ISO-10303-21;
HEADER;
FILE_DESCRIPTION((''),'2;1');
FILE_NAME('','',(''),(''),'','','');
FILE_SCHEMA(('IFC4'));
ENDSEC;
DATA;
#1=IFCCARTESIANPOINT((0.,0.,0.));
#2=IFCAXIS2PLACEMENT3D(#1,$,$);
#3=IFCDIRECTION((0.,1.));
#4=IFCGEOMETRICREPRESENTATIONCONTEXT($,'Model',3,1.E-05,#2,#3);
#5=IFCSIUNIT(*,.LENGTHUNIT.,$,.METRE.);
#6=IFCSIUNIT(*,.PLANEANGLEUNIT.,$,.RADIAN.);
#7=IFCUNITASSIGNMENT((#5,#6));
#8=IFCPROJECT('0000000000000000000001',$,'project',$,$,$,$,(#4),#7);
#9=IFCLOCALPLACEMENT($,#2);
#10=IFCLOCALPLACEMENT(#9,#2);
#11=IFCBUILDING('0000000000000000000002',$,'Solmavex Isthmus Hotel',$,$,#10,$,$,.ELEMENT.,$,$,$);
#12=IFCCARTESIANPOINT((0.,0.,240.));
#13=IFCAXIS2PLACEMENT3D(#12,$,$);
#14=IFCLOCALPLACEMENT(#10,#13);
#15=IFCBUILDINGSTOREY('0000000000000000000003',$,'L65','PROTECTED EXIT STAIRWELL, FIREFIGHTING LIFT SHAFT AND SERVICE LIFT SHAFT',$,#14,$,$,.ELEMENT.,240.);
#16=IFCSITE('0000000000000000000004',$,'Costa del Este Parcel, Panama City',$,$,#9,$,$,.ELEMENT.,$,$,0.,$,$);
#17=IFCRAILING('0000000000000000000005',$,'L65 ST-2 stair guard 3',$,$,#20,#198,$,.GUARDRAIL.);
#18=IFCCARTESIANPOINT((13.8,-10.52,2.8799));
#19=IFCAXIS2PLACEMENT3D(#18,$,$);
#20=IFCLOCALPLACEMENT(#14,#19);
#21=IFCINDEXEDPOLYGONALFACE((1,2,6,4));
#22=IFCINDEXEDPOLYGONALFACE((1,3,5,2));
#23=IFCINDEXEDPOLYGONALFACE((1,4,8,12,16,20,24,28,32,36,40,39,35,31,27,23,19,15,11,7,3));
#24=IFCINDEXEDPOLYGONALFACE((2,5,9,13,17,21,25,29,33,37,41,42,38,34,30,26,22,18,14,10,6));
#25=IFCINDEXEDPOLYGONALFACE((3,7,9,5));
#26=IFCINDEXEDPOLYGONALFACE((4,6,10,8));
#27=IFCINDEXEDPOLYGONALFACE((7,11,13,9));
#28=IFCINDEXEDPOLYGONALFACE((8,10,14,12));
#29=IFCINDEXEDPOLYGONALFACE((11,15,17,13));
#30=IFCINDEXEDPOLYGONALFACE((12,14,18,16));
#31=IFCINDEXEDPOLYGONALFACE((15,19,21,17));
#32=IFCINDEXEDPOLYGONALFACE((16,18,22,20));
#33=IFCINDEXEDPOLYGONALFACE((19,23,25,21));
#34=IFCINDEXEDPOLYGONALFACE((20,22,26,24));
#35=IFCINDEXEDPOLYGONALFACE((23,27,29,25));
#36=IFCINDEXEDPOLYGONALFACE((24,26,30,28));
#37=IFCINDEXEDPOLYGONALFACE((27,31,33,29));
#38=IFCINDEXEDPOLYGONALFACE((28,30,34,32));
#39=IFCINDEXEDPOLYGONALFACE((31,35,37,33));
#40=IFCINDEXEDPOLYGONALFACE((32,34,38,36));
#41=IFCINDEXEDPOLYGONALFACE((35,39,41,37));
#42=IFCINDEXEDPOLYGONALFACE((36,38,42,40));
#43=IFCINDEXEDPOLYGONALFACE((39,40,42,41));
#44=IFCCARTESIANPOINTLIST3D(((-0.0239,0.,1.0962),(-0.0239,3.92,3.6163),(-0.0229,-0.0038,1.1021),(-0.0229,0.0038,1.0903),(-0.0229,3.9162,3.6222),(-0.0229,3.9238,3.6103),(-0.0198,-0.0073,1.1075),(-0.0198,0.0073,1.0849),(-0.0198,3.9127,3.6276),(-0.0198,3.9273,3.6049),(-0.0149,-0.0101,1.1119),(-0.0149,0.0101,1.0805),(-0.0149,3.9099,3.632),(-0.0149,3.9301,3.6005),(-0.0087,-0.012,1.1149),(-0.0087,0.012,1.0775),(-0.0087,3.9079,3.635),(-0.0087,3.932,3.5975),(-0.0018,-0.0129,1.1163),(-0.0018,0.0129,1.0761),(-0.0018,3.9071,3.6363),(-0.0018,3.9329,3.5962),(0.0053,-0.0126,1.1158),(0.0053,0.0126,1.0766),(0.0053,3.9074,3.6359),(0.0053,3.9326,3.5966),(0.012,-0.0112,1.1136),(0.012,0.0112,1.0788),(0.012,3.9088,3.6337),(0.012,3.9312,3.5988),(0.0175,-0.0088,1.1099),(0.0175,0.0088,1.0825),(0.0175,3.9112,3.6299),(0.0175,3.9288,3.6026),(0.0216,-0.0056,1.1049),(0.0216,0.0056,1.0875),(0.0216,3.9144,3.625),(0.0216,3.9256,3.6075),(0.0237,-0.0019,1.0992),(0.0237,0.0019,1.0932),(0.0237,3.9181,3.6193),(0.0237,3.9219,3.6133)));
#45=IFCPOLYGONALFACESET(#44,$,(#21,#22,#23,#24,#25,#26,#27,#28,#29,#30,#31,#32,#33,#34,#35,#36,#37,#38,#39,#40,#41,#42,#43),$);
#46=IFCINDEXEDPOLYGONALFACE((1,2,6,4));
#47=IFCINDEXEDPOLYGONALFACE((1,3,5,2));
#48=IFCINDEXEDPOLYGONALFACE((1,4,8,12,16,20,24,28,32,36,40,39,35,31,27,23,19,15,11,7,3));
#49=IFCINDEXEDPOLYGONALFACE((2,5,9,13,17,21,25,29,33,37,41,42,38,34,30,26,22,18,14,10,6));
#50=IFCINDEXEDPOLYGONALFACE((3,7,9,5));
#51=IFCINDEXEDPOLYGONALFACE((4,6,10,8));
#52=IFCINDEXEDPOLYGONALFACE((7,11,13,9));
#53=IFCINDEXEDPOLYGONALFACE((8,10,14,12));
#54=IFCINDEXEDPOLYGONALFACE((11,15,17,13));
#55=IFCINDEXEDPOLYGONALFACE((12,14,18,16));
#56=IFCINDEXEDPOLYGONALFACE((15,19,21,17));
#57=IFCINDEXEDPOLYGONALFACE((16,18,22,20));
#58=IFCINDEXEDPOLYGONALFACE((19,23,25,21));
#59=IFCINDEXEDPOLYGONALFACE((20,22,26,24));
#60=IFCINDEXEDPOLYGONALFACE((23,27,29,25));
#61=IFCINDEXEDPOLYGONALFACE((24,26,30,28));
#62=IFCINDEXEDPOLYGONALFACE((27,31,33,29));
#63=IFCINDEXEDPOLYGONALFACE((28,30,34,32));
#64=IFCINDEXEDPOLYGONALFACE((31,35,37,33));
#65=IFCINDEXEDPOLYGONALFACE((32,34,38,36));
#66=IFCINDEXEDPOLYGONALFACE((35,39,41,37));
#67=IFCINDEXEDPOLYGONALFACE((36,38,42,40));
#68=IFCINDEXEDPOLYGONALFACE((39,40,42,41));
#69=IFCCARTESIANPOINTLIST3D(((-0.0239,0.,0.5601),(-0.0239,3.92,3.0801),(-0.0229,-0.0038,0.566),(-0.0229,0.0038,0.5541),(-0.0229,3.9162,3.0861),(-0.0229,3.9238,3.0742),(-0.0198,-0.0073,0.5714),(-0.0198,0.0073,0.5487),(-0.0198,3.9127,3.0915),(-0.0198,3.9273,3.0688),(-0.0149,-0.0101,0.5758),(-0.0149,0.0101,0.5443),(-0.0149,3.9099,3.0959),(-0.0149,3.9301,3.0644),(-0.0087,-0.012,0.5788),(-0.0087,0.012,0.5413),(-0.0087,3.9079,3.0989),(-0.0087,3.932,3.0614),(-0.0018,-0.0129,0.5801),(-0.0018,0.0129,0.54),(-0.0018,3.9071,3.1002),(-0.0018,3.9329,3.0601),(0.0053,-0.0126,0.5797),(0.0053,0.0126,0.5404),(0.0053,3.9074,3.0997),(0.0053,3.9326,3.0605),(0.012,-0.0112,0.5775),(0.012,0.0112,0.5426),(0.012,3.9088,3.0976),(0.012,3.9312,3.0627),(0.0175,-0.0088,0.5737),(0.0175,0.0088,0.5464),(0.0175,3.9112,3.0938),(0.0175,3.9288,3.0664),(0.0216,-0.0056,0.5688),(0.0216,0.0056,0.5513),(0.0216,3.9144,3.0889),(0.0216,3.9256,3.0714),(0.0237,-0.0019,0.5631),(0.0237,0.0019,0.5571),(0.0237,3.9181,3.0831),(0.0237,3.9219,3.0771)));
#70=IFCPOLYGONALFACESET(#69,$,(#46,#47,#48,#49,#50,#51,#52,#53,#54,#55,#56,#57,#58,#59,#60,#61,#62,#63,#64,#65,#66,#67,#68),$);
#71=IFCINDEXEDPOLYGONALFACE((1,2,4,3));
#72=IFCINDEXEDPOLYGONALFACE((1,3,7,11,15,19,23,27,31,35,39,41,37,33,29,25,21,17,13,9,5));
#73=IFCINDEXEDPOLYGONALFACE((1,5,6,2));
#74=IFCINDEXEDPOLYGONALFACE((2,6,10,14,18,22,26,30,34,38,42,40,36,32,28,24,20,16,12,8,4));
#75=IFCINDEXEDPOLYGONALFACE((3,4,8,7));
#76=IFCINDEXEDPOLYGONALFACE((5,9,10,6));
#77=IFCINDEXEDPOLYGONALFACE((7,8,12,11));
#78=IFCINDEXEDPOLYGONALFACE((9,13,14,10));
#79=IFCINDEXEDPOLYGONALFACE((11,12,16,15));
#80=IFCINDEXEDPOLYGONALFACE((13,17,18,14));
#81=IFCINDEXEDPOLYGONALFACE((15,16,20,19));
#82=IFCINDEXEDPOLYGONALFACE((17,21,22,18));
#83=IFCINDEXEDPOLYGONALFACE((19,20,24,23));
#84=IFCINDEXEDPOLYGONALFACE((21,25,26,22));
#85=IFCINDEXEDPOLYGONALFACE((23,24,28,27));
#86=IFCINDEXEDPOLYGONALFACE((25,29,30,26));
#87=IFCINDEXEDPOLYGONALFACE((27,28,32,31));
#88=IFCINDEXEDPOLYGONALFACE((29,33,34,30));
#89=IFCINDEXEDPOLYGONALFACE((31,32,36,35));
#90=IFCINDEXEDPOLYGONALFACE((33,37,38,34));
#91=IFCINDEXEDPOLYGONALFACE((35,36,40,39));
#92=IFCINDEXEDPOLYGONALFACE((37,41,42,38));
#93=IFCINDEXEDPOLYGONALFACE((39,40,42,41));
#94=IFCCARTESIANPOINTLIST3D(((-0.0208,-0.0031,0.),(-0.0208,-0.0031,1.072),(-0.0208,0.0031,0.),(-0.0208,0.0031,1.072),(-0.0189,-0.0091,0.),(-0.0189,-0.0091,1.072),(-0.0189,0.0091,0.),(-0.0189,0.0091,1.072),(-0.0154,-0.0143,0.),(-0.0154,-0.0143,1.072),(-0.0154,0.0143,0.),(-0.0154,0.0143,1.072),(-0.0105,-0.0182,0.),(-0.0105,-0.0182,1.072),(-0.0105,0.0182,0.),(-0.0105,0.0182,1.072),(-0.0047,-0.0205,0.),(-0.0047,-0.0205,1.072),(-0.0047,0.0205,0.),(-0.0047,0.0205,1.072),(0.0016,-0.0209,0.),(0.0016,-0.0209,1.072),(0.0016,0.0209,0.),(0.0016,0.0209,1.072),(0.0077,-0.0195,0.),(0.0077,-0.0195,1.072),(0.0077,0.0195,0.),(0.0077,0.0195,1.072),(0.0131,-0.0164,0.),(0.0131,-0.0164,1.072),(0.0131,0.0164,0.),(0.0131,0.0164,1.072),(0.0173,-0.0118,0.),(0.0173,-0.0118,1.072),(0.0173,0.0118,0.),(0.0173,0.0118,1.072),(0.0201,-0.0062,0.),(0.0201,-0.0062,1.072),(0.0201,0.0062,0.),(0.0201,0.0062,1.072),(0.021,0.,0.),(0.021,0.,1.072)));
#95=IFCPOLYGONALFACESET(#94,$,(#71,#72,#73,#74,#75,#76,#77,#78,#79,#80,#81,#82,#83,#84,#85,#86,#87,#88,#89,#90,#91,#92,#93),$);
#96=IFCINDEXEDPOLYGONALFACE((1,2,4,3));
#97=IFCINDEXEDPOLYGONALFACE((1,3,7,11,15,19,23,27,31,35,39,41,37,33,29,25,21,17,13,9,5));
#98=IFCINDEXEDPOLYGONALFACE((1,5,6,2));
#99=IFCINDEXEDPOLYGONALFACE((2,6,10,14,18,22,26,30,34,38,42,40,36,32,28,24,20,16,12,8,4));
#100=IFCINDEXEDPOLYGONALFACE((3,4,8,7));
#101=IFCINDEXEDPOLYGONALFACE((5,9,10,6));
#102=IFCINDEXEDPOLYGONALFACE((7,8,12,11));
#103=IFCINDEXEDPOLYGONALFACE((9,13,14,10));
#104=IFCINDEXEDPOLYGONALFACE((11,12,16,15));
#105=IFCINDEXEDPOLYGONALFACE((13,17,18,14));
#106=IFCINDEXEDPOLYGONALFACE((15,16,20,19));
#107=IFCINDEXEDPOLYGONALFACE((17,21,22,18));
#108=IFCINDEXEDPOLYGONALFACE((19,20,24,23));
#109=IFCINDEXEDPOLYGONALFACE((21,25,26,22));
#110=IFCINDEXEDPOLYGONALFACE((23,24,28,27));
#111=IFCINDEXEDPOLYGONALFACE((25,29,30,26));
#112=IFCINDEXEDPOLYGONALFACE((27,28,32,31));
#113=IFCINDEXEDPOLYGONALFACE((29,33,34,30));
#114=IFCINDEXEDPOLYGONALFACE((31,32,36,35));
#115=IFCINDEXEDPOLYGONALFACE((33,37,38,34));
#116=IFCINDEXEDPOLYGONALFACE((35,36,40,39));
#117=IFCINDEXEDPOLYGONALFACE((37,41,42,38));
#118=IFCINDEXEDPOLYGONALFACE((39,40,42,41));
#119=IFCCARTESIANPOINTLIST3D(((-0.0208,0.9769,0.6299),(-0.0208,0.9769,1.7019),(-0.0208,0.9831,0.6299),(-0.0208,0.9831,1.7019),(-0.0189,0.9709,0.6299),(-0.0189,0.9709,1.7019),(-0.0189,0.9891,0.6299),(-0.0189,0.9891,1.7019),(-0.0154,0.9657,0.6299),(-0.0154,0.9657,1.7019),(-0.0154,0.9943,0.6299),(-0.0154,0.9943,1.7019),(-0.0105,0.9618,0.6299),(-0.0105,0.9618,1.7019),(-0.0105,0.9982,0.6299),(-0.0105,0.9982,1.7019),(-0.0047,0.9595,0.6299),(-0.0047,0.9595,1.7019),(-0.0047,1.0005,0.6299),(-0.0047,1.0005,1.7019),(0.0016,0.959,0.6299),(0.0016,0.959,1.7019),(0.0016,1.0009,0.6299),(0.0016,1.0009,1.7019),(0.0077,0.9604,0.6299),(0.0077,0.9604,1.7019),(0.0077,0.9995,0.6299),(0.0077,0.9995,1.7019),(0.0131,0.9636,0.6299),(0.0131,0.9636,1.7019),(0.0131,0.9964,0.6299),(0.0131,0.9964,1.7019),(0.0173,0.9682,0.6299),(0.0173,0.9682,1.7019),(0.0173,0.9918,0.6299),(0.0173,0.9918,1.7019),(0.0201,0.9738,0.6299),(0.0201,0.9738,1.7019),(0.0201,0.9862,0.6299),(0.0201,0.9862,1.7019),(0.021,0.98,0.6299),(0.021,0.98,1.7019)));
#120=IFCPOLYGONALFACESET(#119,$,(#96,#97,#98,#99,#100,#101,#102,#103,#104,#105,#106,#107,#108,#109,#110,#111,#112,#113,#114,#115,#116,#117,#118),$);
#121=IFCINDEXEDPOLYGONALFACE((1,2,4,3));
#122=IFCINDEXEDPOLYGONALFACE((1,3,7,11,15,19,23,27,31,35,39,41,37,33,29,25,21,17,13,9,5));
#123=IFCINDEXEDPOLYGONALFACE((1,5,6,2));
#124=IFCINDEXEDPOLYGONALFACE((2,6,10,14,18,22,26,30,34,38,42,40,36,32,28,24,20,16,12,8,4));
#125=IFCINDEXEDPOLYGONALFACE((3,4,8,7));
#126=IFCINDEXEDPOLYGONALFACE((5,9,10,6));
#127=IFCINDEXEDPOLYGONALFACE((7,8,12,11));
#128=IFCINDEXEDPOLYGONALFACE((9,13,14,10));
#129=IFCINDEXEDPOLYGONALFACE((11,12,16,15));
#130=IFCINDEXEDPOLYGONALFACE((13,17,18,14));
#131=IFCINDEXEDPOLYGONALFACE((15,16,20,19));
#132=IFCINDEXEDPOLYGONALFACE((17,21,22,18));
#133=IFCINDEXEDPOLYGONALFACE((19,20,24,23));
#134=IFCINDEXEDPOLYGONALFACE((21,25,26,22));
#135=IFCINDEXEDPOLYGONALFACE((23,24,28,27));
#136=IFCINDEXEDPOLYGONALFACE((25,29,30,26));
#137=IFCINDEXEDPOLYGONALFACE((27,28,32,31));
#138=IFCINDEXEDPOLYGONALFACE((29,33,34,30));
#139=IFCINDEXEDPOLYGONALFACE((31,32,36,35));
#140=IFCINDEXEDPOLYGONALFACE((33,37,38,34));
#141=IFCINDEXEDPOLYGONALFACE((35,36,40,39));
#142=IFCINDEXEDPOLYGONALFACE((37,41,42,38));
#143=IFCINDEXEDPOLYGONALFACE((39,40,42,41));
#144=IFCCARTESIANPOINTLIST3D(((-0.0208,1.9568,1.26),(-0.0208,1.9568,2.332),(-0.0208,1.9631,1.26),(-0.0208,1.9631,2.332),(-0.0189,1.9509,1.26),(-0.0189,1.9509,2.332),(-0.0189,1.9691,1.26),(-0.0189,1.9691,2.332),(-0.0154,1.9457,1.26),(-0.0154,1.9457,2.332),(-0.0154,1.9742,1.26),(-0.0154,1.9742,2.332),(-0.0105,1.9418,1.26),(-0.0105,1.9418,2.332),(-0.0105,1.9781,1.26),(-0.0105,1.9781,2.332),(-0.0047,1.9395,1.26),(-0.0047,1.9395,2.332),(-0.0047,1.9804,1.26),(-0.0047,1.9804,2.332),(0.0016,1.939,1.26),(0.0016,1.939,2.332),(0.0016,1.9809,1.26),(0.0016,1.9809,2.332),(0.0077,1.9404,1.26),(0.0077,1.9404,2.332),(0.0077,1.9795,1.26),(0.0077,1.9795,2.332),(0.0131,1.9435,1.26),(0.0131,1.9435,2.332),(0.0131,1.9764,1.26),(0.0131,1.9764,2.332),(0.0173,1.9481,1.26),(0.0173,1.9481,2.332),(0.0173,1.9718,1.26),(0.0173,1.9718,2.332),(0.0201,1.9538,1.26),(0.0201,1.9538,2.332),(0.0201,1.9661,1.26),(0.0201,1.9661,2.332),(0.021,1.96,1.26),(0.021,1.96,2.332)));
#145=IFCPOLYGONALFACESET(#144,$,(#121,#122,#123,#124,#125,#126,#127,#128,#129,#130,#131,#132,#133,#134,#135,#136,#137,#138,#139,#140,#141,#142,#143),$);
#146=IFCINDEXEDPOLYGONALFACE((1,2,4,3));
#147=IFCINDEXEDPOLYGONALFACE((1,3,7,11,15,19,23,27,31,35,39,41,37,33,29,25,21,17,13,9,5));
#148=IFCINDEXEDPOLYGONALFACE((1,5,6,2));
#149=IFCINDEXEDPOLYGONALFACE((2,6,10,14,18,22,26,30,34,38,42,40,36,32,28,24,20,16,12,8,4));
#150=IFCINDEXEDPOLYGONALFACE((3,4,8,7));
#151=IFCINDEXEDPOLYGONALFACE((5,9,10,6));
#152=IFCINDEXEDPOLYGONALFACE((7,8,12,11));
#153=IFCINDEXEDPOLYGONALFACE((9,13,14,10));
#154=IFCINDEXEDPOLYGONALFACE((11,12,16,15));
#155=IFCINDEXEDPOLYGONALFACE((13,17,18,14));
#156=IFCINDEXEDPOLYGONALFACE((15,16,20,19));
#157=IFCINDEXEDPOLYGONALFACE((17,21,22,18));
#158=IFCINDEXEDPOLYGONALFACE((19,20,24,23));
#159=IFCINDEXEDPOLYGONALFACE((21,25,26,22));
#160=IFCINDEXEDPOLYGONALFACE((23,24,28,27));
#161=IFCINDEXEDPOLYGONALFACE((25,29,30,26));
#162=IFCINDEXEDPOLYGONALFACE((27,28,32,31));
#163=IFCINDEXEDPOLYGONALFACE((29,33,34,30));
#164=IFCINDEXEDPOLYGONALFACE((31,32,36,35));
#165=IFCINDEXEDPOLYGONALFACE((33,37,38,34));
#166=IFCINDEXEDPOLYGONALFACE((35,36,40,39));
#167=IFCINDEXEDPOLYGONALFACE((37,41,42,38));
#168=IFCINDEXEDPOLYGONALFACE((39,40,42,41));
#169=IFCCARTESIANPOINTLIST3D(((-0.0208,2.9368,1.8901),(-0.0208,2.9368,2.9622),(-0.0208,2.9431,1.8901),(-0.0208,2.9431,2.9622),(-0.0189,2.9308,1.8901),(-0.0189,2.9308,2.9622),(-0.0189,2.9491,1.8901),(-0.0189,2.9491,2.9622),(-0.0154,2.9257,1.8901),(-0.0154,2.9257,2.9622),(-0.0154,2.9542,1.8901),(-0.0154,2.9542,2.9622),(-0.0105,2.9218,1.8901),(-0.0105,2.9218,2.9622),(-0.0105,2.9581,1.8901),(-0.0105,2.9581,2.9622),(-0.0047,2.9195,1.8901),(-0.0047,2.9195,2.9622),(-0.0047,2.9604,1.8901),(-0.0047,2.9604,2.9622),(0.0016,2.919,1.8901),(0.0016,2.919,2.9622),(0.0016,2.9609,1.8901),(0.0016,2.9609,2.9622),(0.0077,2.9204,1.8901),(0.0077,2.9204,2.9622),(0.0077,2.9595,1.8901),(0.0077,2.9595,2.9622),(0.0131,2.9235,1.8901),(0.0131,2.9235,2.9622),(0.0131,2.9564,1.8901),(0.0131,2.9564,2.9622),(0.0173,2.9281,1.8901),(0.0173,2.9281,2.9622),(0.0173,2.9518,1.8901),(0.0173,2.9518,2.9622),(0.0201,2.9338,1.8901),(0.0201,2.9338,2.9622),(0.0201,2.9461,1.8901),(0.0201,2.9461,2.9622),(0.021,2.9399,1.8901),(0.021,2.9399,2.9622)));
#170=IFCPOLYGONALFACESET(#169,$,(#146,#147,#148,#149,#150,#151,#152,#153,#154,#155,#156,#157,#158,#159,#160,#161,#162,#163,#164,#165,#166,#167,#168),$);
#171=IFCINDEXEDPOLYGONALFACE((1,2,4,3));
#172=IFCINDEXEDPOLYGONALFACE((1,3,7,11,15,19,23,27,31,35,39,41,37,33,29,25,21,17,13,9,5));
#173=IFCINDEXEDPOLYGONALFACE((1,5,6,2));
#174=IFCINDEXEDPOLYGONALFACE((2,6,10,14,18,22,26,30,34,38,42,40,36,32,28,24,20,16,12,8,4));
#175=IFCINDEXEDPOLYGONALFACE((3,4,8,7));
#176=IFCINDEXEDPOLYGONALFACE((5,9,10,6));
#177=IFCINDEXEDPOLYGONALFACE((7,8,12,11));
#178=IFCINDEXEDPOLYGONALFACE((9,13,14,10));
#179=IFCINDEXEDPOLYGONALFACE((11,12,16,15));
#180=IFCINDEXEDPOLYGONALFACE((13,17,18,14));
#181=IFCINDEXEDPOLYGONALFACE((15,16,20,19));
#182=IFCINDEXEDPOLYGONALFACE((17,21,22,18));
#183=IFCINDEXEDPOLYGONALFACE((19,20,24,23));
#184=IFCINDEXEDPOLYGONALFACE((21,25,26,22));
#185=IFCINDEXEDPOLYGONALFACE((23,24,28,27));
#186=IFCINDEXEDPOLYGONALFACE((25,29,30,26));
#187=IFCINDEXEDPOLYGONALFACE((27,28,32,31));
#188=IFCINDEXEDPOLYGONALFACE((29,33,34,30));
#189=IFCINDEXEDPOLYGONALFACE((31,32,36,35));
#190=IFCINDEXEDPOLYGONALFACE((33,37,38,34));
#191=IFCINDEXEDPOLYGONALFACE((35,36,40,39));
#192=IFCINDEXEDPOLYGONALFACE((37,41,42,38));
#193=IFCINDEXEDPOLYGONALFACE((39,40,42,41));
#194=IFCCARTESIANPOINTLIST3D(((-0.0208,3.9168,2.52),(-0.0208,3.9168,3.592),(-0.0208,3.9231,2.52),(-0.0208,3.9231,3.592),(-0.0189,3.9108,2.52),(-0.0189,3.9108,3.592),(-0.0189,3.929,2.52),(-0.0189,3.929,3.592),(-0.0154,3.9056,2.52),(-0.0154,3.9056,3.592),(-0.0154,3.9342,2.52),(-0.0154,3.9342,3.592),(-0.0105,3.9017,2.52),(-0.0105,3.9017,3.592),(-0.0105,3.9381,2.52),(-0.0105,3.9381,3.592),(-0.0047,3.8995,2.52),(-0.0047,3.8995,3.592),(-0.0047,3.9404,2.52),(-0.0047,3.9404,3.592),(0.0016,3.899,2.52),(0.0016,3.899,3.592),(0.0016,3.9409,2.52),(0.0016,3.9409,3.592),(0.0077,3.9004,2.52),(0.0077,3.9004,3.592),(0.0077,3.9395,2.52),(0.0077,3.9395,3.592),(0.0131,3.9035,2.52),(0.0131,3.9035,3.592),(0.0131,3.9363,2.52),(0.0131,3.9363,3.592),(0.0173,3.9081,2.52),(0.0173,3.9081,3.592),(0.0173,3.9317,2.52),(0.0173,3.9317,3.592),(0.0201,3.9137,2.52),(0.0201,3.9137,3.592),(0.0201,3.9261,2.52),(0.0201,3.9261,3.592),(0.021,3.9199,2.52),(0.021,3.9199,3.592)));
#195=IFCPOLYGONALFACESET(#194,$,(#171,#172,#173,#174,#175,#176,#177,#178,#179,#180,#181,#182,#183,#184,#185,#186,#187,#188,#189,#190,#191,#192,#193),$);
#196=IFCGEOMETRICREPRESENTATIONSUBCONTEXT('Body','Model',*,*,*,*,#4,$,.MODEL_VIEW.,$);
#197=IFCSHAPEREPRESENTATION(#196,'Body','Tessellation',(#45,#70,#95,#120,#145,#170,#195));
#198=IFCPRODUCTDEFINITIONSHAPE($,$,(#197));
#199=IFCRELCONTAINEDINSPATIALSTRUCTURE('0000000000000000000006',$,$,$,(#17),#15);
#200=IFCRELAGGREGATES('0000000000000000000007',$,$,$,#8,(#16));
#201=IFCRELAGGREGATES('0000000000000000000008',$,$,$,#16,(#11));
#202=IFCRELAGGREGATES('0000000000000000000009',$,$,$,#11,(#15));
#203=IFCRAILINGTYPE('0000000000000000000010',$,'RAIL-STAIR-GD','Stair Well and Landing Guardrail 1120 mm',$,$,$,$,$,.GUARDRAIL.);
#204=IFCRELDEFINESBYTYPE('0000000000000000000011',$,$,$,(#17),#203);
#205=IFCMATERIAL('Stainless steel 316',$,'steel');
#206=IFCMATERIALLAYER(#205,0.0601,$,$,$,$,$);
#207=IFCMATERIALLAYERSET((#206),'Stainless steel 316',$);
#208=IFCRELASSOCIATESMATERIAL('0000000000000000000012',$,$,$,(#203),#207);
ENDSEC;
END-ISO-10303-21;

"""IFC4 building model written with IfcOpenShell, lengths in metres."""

from ifc_helpers import new_model, si_unit, direction, frame, origin, origin_2d, place, context, subcontext, project, spatial, circle, extrude, material, layer, layer_set, type_object, element, save


model = new_model("IFC4")

# Units and contexts
model_context = context("Model", 3, precision=1e-05, world=origin(), true_north=direction((0.0, 1.0)))
body_context = subcontext(model_context, "Body", "Model", "MODEL_VIEW")
ifc_project = project(units=[si_unit("LENGTHUNIT", "METRE"), si_unit("PLANEANGLEUNIT", "RADIAN")], contexts=[model_context])

# Site, building, storey
site_placement = place(None, origin())
site = spatial("IfcSite", under=ifc_project, at=site_placement, Name="Costa del Este Parcel, Panama City", CompositionType="ELEMENT", RefElevation=0.0)
building_placement = place(site_placement, origin())
building = spatial("IfcBuilding", under=site, at=building_placement, Name="Solmavex Isthmus Hotel", CompositionType="ELEMENT")
storey_placement = place(building_placement, frame((0.0, 0.0, 240.0)))
storey = spatial("IfcBuildingStorey", under=building, at=storey_placement, Name="L65", Description="PROTECTED EXIT STAIRWELL, FIREFIGHTING LIFT SHAFT AND SERVICE LIFT SHAFT", CompositionType="ELEMENT", Elevation=240.0)

# Railing
ifc_material_1 = material(Name="Stainless steel 316", Category="steel")
ifc_layer_1 = layer(ifc_material_1, 0.0601)
ifc_layer_set_1 = layer_set([ifc_layer_1], Name="Stainless steel 316")
railing_type_1 = type_object("IfcRailingType", Name="RAIL-STAIR-GD", Description="Stair Well and Landing Guardrail 1120 mm", PredefinedType="GUARDRAIL", material=ifc_layer_set_1)
railing_1_placement = place(storey_placement, frame((13.8, -10.52, 2.8799)))
element("IfcRailing", 1, at=railing_1_placement, inside=storey, type_object=railing_type_1, Name="L65 ST-2 stair guard 3", PredefinedType="GUARDRAIL", context=body_context, shape_type="SweptSolid", body=[
    extrude(circle(Radius=0.0239, at=origin_2d()), frame((0.0, 0.0, 1.0962), z_axis=(0.0, 0.841172, 0.540768), x_axis=(-1.0, 0.0, 0.0)), (0.0, 0.0, 1.0), 4.6602),
    extrude(circle(Radius=0.0239, at=origin_2d()), frame((0.0, 0.0, 0.5601), z_axis=(0.0, 0.841172, 0.540768), x_axis=(-1.0, 0.0, 0.0)), (0.0, 0.0, 1.0), 4.6602),
    extrude(circle(Radius=0.021, at=origin_2d()), origin(), (0.0, 0.0, 1.0), 1.072),
    extrude(circle(Radius=0.021, at=origin_2d()), frame((0.0, 0.98, 0.6299)), (0.0, 0.0, 1.0), 1.072),
    extrude(circle(Radius=0.021, at=origin_2d()), frame((0.0, 1.96, 1.26)), (0.0, 0.0, 1.0), 1.072),
    extrude(circle(Radius=0.021, at=origin_2d()), frame((0.0, 2.9399, 1.8901)), (0.0, 0.0, 1.0), 1.072),
    extrude(circle(Radius=0.021, at=origin_2d()), frame((0.0, 3.9199, 2.52)), (0.0, 0.0, 1.0), 1.072),
])

save(model, "model.ifc")
